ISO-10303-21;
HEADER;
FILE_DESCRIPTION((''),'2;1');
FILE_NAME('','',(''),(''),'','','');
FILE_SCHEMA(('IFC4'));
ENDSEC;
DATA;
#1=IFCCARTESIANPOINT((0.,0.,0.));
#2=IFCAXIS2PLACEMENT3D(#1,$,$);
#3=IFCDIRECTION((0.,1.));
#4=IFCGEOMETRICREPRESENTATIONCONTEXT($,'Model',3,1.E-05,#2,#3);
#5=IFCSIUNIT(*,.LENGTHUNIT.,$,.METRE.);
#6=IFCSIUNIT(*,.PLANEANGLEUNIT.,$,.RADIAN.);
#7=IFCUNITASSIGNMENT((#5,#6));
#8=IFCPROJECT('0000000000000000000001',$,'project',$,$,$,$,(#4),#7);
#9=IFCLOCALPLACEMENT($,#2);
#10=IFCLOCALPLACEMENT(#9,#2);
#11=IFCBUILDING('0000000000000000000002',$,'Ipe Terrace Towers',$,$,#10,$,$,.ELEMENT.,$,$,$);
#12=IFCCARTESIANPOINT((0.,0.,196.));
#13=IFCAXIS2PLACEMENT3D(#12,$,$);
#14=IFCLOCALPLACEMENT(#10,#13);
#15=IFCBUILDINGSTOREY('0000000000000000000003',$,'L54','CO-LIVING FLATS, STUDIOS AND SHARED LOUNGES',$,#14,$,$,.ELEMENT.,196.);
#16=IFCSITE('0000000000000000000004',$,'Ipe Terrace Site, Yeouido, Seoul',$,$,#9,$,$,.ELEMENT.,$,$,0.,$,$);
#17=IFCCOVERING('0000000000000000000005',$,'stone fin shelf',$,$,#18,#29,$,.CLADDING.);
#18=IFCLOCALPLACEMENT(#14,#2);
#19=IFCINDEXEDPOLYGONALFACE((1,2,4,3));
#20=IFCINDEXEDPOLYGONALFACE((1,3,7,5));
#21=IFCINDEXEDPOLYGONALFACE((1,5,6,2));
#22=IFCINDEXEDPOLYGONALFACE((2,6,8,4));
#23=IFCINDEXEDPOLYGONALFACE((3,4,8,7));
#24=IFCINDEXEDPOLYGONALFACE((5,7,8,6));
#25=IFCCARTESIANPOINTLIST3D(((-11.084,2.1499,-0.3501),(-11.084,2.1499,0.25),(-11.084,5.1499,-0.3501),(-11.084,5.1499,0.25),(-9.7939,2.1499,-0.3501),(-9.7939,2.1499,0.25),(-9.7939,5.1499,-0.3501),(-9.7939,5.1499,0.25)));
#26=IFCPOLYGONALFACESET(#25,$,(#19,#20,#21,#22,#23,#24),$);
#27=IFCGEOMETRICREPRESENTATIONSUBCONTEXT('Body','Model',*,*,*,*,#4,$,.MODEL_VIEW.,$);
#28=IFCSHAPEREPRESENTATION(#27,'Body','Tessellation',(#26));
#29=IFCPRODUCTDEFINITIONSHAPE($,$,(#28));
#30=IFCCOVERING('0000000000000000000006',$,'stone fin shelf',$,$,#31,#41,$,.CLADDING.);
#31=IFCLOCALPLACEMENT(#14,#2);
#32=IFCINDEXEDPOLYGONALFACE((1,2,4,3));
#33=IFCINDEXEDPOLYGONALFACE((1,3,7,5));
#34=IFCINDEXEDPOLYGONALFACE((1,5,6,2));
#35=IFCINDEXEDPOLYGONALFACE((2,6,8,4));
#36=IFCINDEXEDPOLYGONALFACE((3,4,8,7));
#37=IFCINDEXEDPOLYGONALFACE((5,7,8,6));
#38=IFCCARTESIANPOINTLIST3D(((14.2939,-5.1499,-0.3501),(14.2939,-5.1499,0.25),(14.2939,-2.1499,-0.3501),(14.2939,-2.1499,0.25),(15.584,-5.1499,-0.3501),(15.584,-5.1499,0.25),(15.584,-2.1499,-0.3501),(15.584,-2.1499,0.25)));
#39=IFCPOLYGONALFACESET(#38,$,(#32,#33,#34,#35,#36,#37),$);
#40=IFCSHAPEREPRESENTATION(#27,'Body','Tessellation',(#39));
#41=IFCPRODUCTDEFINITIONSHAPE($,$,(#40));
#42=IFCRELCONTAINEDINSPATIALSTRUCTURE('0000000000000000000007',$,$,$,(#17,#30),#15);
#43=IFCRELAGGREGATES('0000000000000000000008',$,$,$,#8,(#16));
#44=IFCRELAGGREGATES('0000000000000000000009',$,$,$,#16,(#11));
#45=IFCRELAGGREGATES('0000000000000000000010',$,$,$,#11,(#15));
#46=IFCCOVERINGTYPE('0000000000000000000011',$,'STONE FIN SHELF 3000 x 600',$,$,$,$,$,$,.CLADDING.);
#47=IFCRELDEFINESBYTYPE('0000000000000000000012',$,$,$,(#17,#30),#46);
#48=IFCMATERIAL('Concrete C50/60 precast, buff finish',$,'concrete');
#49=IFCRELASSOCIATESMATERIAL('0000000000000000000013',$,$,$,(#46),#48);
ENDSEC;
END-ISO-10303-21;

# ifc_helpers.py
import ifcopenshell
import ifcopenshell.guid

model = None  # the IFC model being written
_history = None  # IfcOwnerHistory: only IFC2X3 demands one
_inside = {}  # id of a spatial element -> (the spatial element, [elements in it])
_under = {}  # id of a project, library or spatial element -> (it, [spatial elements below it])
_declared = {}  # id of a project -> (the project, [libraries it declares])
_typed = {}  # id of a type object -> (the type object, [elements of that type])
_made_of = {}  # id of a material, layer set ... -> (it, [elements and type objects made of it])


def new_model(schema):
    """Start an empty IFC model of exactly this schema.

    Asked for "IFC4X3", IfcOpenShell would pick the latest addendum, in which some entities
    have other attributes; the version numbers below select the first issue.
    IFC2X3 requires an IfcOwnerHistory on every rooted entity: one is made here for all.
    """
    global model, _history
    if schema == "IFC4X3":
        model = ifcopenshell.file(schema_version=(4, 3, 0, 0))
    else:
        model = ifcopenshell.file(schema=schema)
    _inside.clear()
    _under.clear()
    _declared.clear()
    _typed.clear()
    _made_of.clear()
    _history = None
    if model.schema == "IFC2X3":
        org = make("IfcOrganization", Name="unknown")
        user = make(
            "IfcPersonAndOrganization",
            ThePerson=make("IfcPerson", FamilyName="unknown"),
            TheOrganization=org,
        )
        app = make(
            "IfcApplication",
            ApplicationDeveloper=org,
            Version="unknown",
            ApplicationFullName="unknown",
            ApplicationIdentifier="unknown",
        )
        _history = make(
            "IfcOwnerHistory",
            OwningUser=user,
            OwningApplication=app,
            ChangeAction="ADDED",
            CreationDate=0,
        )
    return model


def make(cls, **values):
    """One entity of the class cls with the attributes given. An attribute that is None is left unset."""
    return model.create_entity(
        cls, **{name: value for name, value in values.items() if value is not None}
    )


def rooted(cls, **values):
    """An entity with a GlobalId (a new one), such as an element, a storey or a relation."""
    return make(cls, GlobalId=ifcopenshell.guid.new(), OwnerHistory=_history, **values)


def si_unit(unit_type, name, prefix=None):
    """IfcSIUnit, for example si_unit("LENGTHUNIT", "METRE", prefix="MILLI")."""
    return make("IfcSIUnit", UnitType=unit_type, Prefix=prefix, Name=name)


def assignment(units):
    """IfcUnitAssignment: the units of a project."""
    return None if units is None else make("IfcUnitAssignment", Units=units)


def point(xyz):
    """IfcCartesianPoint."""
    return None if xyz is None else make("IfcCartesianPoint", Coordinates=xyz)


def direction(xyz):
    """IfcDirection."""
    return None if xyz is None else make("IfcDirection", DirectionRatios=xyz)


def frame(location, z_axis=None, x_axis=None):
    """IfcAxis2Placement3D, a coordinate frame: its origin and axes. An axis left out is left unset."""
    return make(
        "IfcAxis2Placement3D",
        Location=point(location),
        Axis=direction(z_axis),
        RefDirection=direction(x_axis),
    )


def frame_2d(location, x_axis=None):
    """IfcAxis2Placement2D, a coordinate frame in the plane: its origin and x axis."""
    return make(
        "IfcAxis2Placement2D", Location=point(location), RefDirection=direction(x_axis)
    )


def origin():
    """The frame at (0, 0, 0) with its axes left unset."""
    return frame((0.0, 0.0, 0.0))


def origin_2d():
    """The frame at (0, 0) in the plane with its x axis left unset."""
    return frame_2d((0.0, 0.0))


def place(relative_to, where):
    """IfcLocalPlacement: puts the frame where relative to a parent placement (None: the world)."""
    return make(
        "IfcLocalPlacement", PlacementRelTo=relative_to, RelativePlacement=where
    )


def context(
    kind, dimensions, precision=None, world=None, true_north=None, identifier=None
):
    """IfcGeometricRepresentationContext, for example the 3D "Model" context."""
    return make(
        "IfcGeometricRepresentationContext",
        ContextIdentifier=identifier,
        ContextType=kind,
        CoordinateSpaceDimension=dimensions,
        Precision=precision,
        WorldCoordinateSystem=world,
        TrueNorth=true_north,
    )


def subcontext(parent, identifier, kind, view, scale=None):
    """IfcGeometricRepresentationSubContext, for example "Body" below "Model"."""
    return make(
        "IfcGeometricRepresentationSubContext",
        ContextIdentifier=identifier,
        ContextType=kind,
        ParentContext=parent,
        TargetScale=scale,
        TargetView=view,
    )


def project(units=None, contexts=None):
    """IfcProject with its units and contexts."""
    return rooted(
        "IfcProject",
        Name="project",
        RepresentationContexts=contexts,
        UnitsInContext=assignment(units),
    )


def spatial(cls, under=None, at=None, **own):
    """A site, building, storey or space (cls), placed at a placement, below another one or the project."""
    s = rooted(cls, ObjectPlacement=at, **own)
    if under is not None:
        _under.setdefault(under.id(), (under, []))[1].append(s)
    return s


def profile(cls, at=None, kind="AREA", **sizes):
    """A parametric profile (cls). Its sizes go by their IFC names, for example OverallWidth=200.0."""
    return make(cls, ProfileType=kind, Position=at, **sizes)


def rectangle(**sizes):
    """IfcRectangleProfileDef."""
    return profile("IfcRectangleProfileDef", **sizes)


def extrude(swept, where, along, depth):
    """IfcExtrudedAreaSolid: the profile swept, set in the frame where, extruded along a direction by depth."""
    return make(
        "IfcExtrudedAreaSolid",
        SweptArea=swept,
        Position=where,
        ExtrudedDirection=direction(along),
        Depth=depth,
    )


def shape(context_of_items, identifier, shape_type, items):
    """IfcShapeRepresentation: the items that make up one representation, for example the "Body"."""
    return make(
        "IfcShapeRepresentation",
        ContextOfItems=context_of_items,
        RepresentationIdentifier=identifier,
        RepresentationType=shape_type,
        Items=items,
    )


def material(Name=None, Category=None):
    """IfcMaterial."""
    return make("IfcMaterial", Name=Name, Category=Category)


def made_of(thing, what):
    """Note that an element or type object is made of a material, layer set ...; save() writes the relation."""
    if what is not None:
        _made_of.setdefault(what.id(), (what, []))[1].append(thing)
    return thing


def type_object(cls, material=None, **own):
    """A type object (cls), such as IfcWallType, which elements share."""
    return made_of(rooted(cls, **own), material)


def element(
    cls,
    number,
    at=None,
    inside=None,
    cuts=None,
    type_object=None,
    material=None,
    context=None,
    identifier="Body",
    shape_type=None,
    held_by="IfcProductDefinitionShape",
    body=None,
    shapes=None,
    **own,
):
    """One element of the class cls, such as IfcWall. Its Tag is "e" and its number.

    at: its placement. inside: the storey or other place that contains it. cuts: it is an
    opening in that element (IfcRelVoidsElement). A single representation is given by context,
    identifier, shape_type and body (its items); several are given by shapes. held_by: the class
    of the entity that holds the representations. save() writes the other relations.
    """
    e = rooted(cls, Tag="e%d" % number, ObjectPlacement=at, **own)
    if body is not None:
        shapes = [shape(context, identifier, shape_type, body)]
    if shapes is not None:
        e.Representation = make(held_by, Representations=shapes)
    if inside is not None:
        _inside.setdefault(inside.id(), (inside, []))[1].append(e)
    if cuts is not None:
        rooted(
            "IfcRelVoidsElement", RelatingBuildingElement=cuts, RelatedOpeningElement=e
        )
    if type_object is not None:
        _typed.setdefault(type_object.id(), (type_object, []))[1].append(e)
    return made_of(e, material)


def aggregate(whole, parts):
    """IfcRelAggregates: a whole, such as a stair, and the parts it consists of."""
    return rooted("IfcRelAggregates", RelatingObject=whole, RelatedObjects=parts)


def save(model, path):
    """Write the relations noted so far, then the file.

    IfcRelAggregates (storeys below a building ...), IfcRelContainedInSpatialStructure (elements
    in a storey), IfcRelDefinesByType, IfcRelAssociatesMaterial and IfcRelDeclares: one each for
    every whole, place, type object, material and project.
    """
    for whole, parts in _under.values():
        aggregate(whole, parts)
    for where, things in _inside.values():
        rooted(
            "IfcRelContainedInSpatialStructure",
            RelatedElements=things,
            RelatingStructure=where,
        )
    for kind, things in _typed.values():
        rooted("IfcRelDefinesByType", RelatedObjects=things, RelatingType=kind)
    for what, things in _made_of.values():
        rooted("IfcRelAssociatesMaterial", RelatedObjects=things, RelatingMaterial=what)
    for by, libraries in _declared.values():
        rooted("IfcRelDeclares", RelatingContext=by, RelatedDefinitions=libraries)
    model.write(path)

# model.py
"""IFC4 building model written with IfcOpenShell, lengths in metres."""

from ifc_helpers import new_model, si_unit, direction, frame, origin, origin_2d, place, context, subcontext, project, spatial, rectangle, extrude, material, type_object, element, save


model = new_model("IFC4")

# Units and contexts
model_context = context("Model", 3, precision=1e-05, world=origin(), true_north=direction((0.0, 1.0)))
body_context = subcontext(model_context, "Body", "Model", "MODEL_VIEW")
ifc_project = project(units=[si_unit("LENGTHUNIT", "METRE"), si_unit("PLANEANGLEUNIT", "RADIAN")], contexts=[model_context])

# Site, building, storey
site_placement = place(None, origin())
site = spatial("IfcSite", under=ifc_project, at=site_placement, Name="Ipe Terrace Site, Yeouido, Seoul", CompositionType="ELEMENT", RefElevation=0.0)
building_placement = place(site_placement, origin())
building = spatial("IfcBuilding", under=site, at=building_placement, Name="Ipe Terrace Towers", CompositionType="ELEMENT")
storey_placement = place(building_placement, frame((0.0, 0.0, 196.0)))
storey = spatial("IfcBuildingStorey", under=building, at=storey_placement, Name="L54", Description="CO-LIVING FLATS, STUDIOS AND SHARED LOUNGES", CompositionType="ELEMENT", Elevation=196.0)

# Coverings
ifc_material_1 = material(Name="Concrete C50/60 precast, buff finish", Category="concrete")
covering_type_1 = type_object("IfcCoveringType", Name="STONE FIN SHELF 3000 x 600", PredefinedType="CLADDING", material=ifc_material_1)
for number, where, z_axis, x_axis, name in (
    (1, (-10.439, 3.6499, -0.3501), (0.0, 0.0, 1.0), (0.0, 1.0, 0.0), "stone fin shelf"),
    (2, (14.939, -3.6499, -0.3501), (0.0, 0.0, 1.0), (0.0, -1.0, 0.0), "stone fin shelf"),
):
    element("IfcCovering", number, at=place(storey_placement, frame(where, z_axis=z_axis, x_axis=x_axis)), inside=storey, type_object=covering_type_1, Name=name, PredefinedType="CLADDING", context=body_context, shape_type="SweptSolid", body=[
        extrude(rectangle(XDim=3.0, YDim=1.29, at=origin_2d()), origin(), (0.0, 0.0, 1.0), 0.6001),
    ])

save(model, "model.ifc")
